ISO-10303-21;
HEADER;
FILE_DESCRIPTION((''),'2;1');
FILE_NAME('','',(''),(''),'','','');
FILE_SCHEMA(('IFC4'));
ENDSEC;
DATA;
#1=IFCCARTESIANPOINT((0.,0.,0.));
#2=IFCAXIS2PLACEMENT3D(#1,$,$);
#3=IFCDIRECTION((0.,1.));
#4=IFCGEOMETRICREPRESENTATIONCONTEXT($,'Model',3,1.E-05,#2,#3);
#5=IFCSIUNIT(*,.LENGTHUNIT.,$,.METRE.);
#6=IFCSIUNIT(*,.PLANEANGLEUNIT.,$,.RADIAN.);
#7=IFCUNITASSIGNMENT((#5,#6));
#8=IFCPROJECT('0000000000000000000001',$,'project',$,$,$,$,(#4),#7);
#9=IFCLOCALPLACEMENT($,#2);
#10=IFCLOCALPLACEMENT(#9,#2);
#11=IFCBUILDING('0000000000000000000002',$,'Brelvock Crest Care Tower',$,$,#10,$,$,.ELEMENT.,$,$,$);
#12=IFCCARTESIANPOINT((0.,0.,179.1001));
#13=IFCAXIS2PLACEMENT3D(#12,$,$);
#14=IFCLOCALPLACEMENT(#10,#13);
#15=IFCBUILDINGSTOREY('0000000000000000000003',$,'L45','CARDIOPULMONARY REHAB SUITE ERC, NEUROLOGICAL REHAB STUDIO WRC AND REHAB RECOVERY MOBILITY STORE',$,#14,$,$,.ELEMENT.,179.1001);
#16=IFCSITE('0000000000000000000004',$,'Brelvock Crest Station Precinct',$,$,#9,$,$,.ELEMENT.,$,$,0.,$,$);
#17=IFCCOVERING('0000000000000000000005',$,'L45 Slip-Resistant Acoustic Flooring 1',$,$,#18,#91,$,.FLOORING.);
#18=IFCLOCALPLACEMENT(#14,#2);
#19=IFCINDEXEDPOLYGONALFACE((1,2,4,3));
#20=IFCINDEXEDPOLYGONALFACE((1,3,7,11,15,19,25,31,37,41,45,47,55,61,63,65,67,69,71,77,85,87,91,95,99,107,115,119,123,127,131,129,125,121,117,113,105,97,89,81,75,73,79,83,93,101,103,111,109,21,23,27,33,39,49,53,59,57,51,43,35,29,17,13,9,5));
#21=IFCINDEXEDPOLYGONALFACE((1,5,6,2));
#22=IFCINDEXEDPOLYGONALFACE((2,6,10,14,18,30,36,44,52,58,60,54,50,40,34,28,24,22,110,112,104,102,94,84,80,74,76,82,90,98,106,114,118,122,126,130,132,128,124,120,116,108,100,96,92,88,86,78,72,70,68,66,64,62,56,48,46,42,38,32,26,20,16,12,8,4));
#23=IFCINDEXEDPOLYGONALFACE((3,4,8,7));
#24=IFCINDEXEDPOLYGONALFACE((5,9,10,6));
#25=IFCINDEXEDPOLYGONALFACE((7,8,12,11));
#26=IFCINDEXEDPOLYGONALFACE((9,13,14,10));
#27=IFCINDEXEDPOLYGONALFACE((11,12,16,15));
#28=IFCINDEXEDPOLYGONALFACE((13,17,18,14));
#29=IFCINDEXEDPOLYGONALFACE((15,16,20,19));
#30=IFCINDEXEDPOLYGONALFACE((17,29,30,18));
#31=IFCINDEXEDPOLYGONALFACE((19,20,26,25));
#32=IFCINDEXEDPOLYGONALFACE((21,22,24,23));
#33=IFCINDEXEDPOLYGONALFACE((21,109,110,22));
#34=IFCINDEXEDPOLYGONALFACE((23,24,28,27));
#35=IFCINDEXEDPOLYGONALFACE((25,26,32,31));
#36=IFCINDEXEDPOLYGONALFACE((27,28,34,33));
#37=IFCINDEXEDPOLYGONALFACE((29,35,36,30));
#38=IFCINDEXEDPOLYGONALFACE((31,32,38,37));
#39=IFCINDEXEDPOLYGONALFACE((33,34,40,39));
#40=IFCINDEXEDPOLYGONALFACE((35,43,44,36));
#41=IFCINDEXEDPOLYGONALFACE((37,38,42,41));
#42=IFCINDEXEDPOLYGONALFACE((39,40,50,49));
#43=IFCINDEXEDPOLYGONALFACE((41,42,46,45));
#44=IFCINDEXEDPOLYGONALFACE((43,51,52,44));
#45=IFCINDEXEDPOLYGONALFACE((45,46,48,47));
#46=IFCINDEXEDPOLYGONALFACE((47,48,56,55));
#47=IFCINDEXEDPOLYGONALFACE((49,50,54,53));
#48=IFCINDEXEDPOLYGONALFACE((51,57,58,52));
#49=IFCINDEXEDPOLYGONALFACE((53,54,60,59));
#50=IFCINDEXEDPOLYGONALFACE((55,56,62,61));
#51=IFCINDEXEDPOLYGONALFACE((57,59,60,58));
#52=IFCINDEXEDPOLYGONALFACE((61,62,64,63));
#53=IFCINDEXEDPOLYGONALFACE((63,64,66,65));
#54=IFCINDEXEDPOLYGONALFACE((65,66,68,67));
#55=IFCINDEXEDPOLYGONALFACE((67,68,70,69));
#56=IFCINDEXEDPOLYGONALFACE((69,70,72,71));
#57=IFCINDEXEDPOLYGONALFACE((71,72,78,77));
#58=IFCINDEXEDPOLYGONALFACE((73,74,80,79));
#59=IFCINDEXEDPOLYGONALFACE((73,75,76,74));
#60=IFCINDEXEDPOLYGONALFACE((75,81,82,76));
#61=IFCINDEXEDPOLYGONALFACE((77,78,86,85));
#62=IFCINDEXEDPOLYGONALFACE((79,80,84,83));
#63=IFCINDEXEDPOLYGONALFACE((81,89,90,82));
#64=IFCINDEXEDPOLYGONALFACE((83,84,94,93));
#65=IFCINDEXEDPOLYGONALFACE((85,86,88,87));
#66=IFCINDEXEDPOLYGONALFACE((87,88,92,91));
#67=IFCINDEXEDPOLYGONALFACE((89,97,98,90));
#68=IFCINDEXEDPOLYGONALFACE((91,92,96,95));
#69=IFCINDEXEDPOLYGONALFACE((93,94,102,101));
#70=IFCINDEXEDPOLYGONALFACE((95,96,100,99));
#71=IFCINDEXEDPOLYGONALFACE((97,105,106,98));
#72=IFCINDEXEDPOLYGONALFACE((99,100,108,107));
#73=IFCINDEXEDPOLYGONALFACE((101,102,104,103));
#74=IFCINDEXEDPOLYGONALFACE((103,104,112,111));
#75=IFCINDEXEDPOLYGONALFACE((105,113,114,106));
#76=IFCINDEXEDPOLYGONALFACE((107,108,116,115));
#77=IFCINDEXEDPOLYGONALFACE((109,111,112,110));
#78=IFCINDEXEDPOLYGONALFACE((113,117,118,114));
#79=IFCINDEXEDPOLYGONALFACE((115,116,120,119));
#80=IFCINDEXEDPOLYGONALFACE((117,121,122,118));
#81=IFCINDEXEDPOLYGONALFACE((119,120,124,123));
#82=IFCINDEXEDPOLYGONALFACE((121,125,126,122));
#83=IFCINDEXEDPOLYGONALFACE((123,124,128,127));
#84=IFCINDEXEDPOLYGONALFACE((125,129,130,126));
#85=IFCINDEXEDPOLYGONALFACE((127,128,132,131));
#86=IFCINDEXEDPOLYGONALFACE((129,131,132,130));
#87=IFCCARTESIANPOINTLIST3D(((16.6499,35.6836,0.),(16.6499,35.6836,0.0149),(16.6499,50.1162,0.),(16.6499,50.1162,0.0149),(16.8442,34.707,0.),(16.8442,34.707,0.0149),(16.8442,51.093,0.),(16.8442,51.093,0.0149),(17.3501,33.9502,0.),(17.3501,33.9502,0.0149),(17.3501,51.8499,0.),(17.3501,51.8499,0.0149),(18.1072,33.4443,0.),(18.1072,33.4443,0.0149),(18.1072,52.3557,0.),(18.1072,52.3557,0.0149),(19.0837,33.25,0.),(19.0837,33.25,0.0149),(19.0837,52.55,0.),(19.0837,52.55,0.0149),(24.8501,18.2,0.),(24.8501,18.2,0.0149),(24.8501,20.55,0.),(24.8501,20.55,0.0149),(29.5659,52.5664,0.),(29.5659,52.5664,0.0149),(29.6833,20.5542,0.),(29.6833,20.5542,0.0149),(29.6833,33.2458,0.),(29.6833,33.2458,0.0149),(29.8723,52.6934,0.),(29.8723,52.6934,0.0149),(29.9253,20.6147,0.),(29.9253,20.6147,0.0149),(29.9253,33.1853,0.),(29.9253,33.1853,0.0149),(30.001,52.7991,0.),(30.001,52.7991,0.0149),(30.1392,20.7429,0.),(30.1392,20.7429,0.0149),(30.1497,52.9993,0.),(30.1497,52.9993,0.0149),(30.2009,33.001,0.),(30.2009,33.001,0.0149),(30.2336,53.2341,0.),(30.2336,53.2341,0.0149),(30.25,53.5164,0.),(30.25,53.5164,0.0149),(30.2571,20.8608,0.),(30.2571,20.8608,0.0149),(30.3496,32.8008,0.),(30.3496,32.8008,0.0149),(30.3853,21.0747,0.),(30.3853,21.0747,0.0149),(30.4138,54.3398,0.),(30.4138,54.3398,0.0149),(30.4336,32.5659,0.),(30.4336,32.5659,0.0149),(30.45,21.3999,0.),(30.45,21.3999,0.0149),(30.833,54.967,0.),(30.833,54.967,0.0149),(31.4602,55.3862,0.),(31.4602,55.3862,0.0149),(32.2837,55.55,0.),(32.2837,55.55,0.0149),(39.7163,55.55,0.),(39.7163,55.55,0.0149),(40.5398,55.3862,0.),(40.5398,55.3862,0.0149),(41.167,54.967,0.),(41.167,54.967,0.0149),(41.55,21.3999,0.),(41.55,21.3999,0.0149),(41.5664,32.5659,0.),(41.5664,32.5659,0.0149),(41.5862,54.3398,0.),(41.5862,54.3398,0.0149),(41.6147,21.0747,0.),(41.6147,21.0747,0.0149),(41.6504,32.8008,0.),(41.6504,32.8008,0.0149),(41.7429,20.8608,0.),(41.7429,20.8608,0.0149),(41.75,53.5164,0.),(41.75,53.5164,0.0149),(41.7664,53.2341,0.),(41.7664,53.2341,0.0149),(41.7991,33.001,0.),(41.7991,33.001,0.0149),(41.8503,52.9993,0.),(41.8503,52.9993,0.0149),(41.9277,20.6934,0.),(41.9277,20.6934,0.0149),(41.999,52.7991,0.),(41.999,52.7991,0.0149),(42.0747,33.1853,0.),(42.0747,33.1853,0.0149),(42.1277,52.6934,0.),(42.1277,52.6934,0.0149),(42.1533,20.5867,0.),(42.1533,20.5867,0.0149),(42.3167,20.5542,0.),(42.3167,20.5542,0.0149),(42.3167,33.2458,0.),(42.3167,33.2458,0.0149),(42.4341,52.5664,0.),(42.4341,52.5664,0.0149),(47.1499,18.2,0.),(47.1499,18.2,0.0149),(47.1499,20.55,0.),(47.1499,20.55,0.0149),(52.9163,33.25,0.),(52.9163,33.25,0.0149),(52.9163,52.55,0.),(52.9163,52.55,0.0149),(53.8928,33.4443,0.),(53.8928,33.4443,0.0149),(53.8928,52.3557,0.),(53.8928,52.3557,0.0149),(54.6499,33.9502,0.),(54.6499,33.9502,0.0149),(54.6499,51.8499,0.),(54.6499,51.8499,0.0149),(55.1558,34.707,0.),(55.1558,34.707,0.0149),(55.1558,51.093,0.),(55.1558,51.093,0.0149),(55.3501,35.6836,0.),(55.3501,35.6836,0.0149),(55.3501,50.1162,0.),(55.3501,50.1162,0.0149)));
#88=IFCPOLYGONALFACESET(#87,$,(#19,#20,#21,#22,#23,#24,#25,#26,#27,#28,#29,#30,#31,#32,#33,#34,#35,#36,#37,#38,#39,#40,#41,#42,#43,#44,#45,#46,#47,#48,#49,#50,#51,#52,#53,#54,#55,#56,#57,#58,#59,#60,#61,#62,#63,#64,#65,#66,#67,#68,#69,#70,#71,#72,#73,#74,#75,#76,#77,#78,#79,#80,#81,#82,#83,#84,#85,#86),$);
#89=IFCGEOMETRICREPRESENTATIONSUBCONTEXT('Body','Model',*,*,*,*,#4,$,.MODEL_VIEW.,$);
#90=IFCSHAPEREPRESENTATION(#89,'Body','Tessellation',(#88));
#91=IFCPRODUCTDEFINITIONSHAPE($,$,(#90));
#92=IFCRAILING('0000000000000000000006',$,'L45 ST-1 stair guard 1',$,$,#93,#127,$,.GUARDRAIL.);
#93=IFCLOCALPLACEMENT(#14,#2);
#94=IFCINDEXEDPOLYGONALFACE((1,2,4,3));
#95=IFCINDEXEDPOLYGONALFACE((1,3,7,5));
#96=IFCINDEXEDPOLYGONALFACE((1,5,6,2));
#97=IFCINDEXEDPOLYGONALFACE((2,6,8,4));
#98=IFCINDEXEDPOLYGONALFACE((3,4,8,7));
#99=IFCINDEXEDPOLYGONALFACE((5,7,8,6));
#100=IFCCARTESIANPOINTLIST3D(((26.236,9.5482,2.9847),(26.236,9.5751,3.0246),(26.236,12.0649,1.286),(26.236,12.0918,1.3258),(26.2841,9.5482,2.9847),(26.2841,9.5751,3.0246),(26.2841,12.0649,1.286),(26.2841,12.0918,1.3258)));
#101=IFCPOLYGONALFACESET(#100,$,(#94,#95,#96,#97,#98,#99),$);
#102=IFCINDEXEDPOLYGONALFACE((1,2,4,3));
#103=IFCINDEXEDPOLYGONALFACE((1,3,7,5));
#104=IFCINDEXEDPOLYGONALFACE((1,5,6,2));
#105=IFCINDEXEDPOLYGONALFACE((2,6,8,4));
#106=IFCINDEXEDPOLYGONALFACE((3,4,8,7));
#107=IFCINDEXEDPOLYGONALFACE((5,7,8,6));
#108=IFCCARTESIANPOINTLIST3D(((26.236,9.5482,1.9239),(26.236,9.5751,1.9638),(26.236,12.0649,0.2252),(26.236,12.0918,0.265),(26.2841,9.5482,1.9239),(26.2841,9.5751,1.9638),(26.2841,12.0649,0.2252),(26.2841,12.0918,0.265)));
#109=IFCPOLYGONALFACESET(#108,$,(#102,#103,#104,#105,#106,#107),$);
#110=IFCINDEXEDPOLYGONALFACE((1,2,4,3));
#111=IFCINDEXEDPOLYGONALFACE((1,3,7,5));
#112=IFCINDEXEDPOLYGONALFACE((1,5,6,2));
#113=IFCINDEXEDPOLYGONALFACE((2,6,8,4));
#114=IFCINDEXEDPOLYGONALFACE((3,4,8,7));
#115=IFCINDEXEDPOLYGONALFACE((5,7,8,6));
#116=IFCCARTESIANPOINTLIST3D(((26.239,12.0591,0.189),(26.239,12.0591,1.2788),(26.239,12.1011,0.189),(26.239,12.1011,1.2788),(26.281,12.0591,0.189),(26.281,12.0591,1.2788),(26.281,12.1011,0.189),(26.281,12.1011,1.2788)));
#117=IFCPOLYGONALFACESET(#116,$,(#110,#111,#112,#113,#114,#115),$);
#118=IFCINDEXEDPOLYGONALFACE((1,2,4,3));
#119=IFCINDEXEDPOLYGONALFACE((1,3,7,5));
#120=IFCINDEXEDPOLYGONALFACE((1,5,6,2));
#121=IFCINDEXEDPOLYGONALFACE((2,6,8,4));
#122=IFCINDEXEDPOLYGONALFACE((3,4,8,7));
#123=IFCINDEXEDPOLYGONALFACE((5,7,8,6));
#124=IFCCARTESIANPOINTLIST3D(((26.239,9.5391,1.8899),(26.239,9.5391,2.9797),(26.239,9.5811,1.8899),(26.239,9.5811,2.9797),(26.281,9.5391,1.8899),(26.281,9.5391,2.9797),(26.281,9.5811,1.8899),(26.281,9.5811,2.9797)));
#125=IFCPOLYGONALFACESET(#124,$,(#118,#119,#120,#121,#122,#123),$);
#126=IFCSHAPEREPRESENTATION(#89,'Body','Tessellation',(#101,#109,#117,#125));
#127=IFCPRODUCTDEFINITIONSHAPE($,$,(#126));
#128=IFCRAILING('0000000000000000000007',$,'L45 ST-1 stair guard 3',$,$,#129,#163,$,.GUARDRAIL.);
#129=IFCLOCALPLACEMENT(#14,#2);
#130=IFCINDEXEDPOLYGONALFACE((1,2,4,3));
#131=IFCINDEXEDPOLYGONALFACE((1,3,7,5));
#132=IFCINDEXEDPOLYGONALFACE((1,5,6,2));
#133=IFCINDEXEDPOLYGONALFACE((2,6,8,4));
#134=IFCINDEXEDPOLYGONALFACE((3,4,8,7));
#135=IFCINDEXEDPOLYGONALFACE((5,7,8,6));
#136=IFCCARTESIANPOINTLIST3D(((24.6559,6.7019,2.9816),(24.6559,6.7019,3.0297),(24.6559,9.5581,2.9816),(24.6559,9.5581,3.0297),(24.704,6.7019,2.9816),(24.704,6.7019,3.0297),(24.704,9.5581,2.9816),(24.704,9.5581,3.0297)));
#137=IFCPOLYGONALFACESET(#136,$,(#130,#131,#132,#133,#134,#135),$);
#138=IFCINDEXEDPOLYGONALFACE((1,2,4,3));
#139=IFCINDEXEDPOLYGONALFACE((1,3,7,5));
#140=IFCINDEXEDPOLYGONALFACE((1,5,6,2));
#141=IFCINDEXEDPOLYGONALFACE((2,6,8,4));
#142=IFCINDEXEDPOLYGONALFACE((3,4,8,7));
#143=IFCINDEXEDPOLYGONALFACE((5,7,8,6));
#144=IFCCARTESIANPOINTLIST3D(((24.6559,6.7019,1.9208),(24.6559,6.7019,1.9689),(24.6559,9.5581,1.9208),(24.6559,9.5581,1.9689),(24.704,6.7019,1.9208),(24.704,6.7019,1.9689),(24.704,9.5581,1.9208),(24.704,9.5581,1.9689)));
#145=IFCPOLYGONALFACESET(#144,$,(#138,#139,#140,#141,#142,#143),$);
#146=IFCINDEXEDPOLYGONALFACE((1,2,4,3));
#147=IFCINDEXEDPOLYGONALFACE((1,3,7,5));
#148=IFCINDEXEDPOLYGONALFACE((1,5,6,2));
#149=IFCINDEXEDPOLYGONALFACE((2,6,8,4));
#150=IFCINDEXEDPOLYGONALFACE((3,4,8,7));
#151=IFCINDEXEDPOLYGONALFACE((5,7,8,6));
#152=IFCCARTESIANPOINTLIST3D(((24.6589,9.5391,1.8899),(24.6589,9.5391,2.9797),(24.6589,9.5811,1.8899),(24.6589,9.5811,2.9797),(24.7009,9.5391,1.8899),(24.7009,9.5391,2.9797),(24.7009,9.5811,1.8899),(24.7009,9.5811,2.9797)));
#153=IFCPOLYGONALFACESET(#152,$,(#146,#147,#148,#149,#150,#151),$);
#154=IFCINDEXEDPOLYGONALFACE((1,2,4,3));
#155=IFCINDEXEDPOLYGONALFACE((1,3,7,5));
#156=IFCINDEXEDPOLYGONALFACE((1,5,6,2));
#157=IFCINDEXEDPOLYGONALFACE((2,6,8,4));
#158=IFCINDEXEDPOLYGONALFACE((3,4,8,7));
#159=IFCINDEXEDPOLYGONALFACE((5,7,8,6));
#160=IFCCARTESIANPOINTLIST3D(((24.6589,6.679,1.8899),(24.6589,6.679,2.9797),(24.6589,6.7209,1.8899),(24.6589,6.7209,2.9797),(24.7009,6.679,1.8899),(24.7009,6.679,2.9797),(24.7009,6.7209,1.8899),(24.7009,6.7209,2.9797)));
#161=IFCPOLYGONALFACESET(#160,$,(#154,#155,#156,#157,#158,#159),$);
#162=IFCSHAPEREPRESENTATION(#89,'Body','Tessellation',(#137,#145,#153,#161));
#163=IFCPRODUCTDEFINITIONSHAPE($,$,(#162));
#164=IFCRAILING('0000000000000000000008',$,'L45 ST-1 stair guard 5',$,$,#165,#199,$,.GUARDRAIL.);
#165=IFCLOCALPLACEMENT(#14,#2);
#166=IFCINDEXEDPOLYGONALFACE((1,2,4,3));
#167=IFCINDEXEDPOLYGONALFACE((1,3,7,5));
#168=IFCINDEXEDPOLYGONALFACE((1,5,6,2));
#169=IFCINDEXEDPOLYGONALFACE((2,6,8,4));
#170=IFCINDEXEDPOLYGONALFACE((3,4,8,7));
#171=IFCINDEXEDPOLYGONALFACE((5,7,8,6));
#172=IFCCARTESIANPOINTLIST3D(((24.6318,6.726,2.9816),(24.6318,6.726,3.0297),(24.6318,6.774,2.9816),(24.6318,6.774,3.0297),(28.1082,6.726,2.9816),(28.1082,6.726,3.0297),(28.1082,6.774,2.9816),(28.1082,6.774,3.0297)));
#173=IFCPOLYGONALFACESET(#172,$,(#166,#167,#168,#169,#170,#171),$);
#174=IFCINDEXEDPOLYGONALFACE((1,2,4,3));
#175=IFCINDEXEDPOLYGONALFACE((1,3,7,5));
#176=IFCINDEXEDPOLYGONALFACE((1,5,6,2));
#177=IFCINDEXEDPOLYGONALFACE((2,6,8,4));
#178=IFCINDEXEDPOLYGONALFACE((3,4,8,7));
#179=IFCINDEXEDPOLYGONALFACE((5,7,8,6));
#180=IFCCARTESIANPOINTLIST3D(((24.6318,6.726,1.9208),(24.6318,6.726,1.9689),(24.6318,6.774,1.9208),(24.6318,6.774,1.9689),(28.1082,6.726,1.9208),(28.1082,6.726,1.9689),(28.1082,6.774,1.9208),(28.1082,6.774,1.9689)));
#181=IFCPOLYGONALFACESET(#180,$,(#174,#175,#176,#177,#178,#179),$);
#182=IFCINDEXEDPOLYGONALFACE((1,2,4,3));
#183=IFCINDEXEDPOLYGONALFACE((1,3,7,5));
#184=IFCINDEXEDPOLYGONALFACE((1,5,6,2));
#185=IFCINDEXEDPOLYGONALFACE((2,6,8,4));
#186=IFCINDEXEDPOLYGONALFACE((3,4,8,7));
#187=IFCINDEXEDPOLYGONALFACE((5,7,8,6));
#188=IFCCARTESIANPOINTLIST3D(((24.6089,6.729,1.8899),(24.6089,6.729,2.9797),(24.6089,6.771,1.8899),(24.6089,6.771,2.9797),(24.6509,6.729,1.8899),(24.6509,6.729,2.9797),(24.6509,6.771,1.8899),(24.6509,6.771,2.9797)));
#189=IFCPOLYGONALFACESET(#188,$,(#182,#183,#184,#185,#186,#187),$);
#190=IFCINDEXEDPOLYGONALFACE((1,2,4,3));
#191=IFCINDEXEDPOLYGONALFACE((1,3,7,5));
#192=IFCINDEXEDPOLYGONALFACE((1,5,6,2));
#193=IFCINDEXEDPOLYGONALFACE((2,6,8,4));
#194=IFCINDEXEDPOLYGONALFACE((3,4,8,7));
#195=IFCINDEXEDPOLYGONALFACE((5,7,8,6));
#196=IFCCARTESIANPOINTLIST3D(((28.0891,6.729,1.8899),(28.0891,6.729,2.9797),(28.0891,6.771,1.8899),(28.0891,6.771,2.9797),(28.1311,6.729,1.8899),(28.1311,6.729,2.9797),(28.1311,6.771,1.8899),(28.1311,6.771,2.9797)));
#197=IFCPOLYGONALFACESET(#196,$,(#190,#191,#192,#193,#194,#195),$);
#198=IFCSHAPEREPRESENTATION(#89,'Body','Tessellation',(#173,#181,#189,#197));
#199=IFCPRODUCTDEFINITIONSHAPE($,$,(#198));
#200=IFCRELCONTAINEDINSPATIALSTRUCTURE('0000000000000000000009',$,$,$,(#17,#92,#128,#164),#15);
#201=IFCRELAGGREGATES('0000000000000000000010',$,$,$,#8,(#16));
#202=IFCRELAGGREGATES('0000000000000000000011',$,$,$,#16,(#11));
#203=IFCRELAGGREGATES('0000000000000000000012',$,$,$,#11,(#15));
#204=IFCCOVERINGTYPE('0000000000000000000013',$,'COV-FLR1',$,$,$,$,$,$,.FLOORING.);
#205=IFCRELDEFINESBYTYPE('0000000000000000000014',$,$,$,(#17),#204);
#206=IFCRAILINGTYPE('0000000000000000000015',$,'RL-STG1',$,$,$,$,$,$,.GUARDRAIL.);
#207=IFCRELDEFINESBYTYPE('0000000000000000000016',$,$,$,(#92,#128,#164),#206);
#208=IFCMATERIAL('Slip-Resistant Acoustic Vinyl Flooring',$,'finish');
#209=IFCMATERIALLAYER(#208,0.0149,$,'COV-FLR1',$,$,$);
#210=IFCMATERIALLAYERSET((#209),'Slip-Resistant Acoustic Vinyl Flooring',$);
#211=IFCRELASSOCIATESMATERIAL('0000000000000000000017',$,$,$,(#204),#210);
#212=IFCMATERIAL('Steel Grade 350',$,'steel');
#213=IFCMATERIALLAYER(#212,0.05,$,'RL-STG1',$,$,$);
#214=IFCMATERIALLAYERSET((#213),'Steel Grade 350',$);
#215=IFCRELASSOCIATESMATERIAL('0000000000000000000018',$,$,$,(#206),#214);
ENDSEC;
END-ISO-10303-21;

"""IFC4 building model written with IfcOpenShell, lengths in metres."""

from ifc_helpers import new_model, si_unit, direction, frame, origin, origin_2d, place, context, subcontext, project, spatial, polyline, rectangle, outline, extrude, material, layer, layer_set, type_object, element, save


model = new_model("IFC4")

# Units and contexts
model_context = context("Model", 3, precision=1e-05, world=origin(), true_north=direction((0.0, 1.0)))
body_context = subcontext(model_context, "Body", "Model", "MODEL_VIEW")
ifc_project = project(units=[si_unit("LENGTHUNIT", "METRE"), si_unit("PLANEANGLEUNIT", "RADIAN")], contexts=[model_context])

# Site, building, storey
site_placement = place(None, origin())
site = spatial("IfcSite", under=ifc_project, at=site_placement, Name="Brelvock Crest Station Precinct", CompositionType="ELEMENT", RefElevation=0.0)
building_placement = place(site_placement, origin())
building = spatial("IfcBuilding", under=site, at=building_placement, Name="Brelvock Crest Care Tower", CompositionType="ELEMENT")
storey_placement = place(building_placement, frame((0.0, 0.0, 179.1001)))
storey = spatial("IfcBuildingStorey", under=building, at=storey_placement, Name="L45", Description="CARDIOPULMONARY REHAB SUITE ERC, NEUROLOGICAL REHAB STUDIO WRC AND REHAB RECOVERY MOBILITY STORE", CompositionType="ELEMENT", Elevation=179.1001)

# Shared definitions
ifc_material_1 = material(Name="Steel Grade 350", Category="steel")

# Covering
ifc_material_2 = material(Name="Slip-Resistant Acoustic Vinyl Flooring", Category="finish")
ifc_layer_1 = layer(ifc_material_2, 0.0149, Name="COV-FLR1")
ifc_layer_set_1 = layer_set([ifc_layer_1], Name="Slip-Resistant Acoustic Vinyl Flooring")
covering_type_1 = type_object("IfcCoveringType", Name="COV-FLR1", PredefinedType="FLOORING", material=ifc_layer_set_1)
covering_1_placement = place(storey_placement, origin())
element("IfcCovering", 1, at=covering_1_placement, inside=storey, type_object=covering_type_1, Name="L45 Slip-Resistant Acoustic Flooring 1", PredefinedType="FLOORING", context=body_context, shape_type="SweptSolid", body=[
    extrude(outline(polyline([(24.8501, 18.2), (47.1499, 18.2), (47.1499, 20.55), (42.3167, 20.5542), (42.1533, 20.5867), (41.9277, 20.6934), (41.7429, 20.8608), (41.6147, 21.0747), (41.55, 21.3999), (41.5664, 32.5659), (41.6504, 32.8008), (41.7991, 33.001), (42.0747, 33.1853), (42.3167, 33.2458), (52.9163, 33.25), (53.8928, 33.4443), (54.6499, 33.9502), (55.1558, 34.707), (55.3501, 35.6836), (55.3501, 50.1162), (55.1558, 51.093), (54.6499, 51.8499), (53.8928, 52.3557), (52.9163, 52.55), (42.4341, 52.5664), (42.1277, 52.6934), (41.999, 52.7991), (41.8503, 52.9993), (41.7664, 53.2341), (41.75, 53.5164), (41.5862, 54.3398), (41.167, 54.967), (40.5398, 55.3862), (39.7163, 55.55), (32.2837, 55.55), (31.4602, 55.3862), (30.833, 54.967), (30.4138, 54.3398), (30.25, 53.5164), (30.2336, 53.2341), (30.1497, 52.9993), (30.001, 52.7991), (29.8723, 52.6934), (29.5659, 52.5664), (19.0837, 52.55), (18.1072, 52.3557), (17.3501, 51.8499), (16.8442, 51.093), (16.6499, 50.1162), (16.6499, 35.6836), (16.8442, 34.707), (17.3501, 33.9502), (18.1072, 33.4443), (19.0837, 33.25), (29.6833, 33.2458), (29.9253, 33.1853), (30.2009, 33.001), (30.3496, 32.8008), (30.4336, 32.5659), (30.45, 21.3999), (30.3853, 21.0747), (30.2571, 20.8608), (30.1392, 20.7429), (29.9253, 20.6147), (29.6833, 20.5542), (24.8501, 20.55), (24.8501, 18.2)])), origin(), (0.0, 0.0, 1.0), 0.0149),
])

# Railings
ifc_layer_2 = layer(ifc_material_1, 0.05, Name="RL-STG1")
ifc_layer_set_2 = layer_set([ifc_layer_2], Name="Steel Grade 350")
railing_type_1 = type_object("IfcRailingType", Name="RL-STG1", PredefinedType="GUARDRAIL", material=ifc_layer_set_2)
railing_1_placement = place(storey_placement, frame((26.26, 12.0801, 0.189)))
element("IfcRailing", 2, at=railing_1_placement, inside=storey, type_object=railing_type_1, Name="L45 ST-1 stair guard 1", PredefinedType="GUARDRAIL", context=body_context, shape_type="SweptSolid", body=[
    extrude(rectangle(XDim=0.0481, YDim=0.0481, at=origin_2d()), frame((0.0, -0.0017, 1.1169), z_axis=(0.0, -0.828862, 0.559454), x_axis=(1.0, 0.0, 0.0)), (0.0, 0.0, 1.0), 3.0364),
    extrude(rectangle(XDim=0.0481, YDim=0.0481, at=origin_2d()), frame((0.0, -0.0017, 0.0562), z_axis=(0.0, -0.828862, 0.559454), x_axis=(1.0, 0.0, 0.0)), (0.0, 0.0, 1.0), 3.0364),
    extrude(rectangle(XDim=0.042, YDim=0.042, at=origin_2d()), origin(), (0.0, 0.0, 1.0), 1.0898),
    extrude(rectangle(XDim=0.042, YDim=0.042, at=origin_2d()), frame((0.0, -2.52, 1.7009)), (0.0, 0.0, 1.0), 1.0898),
])
railing_2_placement = place(storey_placement, frame((24.6799, 9.5601, 1.8899)))
element("IfcRailing", 3, at=railing_2_placement, inside=storey, type_object=railing_type_1, Name="L45 ST-1 stair guard 3", PredefinedType="GUARDRAIL", context=body_context, shape_type="SweptSolid", body=[
    extrude(rectangle(XDim=0.0481, YDim=0.0481, at=origin_2d()), frame((0.0, -0.002, 1.1157), z_axis=(0.0, -1.0, 0.0), x_axis=(1.0, 0.0, 0.0)), (0.0, 0.0, 1.0), 2.8562),
    extrude(rectangle(XDim=0.0481, YDim=0.0481, at=origin_2d()), frame((0.0, -0.002, 0.0549), z_axis=(0.0, -1.0, 0.0), x_axis=(1.0, 0.0, 0.0)), (0.0, 0.0, 1.0), 2.8562),
    extrude(rectangle(XDim=0.042, YDim=0.042, at=origin_2d()), origin(), (0.0, 0.0, 1.0), 1.0898),
    extrude(rectangle(XDim=0.042, YDim=0.042, at=origin_2d()), frame((0.0, -2.8601, 0.0)), (0.0, 0.0, 1.0), 1.0898),
])
railing_3_placement = place(storey_placement, frame((24.6299, 6.75, 1.8899)))
element("IfcRailing", 4, at=railing_3_placement, inside=storey, type_object=railing_type_1, Name="L45 ST-1 stair guard 5", PredefinedType="GUARDRAIL", context=body_context, shape_type="SweptSolid", body=[
    extrude(rectangle(XDim=0.0481, YDim=0.0481, at=origin_2d()), frame((0.002, 0.0, 1.1157), z_axis=(1.0, 0.0, 0.0), x_axis=(0.0, 1.0, 0.0)), (0.0, 0.0, 1.0), 3.4763),
    extrude(rectangle(XDim=0.0481, YDim=0.0481, at=origin_2d()), frame((0.002, 0.0, 0.0549), z_axis=(1.0, 0.0, 0.0), x_axis=(0.0, 1.0, 0.0)), (0.0, 0.0, 1.0), 3.4763),
    extrude(rectangle(XDim=0.042, YDim=0.042, at=origin_2d()), origin(), (0.0, 0.0, 1.0), 1.0898),
    extrude(rectangle(XDim=0.042, YDim=0.042, at=origin_2d()), frame((3.4802, 0.0, 0.0)), (0.0, 0.0, 1.0), 1.0898),
])

save(model, "model.ifc")
